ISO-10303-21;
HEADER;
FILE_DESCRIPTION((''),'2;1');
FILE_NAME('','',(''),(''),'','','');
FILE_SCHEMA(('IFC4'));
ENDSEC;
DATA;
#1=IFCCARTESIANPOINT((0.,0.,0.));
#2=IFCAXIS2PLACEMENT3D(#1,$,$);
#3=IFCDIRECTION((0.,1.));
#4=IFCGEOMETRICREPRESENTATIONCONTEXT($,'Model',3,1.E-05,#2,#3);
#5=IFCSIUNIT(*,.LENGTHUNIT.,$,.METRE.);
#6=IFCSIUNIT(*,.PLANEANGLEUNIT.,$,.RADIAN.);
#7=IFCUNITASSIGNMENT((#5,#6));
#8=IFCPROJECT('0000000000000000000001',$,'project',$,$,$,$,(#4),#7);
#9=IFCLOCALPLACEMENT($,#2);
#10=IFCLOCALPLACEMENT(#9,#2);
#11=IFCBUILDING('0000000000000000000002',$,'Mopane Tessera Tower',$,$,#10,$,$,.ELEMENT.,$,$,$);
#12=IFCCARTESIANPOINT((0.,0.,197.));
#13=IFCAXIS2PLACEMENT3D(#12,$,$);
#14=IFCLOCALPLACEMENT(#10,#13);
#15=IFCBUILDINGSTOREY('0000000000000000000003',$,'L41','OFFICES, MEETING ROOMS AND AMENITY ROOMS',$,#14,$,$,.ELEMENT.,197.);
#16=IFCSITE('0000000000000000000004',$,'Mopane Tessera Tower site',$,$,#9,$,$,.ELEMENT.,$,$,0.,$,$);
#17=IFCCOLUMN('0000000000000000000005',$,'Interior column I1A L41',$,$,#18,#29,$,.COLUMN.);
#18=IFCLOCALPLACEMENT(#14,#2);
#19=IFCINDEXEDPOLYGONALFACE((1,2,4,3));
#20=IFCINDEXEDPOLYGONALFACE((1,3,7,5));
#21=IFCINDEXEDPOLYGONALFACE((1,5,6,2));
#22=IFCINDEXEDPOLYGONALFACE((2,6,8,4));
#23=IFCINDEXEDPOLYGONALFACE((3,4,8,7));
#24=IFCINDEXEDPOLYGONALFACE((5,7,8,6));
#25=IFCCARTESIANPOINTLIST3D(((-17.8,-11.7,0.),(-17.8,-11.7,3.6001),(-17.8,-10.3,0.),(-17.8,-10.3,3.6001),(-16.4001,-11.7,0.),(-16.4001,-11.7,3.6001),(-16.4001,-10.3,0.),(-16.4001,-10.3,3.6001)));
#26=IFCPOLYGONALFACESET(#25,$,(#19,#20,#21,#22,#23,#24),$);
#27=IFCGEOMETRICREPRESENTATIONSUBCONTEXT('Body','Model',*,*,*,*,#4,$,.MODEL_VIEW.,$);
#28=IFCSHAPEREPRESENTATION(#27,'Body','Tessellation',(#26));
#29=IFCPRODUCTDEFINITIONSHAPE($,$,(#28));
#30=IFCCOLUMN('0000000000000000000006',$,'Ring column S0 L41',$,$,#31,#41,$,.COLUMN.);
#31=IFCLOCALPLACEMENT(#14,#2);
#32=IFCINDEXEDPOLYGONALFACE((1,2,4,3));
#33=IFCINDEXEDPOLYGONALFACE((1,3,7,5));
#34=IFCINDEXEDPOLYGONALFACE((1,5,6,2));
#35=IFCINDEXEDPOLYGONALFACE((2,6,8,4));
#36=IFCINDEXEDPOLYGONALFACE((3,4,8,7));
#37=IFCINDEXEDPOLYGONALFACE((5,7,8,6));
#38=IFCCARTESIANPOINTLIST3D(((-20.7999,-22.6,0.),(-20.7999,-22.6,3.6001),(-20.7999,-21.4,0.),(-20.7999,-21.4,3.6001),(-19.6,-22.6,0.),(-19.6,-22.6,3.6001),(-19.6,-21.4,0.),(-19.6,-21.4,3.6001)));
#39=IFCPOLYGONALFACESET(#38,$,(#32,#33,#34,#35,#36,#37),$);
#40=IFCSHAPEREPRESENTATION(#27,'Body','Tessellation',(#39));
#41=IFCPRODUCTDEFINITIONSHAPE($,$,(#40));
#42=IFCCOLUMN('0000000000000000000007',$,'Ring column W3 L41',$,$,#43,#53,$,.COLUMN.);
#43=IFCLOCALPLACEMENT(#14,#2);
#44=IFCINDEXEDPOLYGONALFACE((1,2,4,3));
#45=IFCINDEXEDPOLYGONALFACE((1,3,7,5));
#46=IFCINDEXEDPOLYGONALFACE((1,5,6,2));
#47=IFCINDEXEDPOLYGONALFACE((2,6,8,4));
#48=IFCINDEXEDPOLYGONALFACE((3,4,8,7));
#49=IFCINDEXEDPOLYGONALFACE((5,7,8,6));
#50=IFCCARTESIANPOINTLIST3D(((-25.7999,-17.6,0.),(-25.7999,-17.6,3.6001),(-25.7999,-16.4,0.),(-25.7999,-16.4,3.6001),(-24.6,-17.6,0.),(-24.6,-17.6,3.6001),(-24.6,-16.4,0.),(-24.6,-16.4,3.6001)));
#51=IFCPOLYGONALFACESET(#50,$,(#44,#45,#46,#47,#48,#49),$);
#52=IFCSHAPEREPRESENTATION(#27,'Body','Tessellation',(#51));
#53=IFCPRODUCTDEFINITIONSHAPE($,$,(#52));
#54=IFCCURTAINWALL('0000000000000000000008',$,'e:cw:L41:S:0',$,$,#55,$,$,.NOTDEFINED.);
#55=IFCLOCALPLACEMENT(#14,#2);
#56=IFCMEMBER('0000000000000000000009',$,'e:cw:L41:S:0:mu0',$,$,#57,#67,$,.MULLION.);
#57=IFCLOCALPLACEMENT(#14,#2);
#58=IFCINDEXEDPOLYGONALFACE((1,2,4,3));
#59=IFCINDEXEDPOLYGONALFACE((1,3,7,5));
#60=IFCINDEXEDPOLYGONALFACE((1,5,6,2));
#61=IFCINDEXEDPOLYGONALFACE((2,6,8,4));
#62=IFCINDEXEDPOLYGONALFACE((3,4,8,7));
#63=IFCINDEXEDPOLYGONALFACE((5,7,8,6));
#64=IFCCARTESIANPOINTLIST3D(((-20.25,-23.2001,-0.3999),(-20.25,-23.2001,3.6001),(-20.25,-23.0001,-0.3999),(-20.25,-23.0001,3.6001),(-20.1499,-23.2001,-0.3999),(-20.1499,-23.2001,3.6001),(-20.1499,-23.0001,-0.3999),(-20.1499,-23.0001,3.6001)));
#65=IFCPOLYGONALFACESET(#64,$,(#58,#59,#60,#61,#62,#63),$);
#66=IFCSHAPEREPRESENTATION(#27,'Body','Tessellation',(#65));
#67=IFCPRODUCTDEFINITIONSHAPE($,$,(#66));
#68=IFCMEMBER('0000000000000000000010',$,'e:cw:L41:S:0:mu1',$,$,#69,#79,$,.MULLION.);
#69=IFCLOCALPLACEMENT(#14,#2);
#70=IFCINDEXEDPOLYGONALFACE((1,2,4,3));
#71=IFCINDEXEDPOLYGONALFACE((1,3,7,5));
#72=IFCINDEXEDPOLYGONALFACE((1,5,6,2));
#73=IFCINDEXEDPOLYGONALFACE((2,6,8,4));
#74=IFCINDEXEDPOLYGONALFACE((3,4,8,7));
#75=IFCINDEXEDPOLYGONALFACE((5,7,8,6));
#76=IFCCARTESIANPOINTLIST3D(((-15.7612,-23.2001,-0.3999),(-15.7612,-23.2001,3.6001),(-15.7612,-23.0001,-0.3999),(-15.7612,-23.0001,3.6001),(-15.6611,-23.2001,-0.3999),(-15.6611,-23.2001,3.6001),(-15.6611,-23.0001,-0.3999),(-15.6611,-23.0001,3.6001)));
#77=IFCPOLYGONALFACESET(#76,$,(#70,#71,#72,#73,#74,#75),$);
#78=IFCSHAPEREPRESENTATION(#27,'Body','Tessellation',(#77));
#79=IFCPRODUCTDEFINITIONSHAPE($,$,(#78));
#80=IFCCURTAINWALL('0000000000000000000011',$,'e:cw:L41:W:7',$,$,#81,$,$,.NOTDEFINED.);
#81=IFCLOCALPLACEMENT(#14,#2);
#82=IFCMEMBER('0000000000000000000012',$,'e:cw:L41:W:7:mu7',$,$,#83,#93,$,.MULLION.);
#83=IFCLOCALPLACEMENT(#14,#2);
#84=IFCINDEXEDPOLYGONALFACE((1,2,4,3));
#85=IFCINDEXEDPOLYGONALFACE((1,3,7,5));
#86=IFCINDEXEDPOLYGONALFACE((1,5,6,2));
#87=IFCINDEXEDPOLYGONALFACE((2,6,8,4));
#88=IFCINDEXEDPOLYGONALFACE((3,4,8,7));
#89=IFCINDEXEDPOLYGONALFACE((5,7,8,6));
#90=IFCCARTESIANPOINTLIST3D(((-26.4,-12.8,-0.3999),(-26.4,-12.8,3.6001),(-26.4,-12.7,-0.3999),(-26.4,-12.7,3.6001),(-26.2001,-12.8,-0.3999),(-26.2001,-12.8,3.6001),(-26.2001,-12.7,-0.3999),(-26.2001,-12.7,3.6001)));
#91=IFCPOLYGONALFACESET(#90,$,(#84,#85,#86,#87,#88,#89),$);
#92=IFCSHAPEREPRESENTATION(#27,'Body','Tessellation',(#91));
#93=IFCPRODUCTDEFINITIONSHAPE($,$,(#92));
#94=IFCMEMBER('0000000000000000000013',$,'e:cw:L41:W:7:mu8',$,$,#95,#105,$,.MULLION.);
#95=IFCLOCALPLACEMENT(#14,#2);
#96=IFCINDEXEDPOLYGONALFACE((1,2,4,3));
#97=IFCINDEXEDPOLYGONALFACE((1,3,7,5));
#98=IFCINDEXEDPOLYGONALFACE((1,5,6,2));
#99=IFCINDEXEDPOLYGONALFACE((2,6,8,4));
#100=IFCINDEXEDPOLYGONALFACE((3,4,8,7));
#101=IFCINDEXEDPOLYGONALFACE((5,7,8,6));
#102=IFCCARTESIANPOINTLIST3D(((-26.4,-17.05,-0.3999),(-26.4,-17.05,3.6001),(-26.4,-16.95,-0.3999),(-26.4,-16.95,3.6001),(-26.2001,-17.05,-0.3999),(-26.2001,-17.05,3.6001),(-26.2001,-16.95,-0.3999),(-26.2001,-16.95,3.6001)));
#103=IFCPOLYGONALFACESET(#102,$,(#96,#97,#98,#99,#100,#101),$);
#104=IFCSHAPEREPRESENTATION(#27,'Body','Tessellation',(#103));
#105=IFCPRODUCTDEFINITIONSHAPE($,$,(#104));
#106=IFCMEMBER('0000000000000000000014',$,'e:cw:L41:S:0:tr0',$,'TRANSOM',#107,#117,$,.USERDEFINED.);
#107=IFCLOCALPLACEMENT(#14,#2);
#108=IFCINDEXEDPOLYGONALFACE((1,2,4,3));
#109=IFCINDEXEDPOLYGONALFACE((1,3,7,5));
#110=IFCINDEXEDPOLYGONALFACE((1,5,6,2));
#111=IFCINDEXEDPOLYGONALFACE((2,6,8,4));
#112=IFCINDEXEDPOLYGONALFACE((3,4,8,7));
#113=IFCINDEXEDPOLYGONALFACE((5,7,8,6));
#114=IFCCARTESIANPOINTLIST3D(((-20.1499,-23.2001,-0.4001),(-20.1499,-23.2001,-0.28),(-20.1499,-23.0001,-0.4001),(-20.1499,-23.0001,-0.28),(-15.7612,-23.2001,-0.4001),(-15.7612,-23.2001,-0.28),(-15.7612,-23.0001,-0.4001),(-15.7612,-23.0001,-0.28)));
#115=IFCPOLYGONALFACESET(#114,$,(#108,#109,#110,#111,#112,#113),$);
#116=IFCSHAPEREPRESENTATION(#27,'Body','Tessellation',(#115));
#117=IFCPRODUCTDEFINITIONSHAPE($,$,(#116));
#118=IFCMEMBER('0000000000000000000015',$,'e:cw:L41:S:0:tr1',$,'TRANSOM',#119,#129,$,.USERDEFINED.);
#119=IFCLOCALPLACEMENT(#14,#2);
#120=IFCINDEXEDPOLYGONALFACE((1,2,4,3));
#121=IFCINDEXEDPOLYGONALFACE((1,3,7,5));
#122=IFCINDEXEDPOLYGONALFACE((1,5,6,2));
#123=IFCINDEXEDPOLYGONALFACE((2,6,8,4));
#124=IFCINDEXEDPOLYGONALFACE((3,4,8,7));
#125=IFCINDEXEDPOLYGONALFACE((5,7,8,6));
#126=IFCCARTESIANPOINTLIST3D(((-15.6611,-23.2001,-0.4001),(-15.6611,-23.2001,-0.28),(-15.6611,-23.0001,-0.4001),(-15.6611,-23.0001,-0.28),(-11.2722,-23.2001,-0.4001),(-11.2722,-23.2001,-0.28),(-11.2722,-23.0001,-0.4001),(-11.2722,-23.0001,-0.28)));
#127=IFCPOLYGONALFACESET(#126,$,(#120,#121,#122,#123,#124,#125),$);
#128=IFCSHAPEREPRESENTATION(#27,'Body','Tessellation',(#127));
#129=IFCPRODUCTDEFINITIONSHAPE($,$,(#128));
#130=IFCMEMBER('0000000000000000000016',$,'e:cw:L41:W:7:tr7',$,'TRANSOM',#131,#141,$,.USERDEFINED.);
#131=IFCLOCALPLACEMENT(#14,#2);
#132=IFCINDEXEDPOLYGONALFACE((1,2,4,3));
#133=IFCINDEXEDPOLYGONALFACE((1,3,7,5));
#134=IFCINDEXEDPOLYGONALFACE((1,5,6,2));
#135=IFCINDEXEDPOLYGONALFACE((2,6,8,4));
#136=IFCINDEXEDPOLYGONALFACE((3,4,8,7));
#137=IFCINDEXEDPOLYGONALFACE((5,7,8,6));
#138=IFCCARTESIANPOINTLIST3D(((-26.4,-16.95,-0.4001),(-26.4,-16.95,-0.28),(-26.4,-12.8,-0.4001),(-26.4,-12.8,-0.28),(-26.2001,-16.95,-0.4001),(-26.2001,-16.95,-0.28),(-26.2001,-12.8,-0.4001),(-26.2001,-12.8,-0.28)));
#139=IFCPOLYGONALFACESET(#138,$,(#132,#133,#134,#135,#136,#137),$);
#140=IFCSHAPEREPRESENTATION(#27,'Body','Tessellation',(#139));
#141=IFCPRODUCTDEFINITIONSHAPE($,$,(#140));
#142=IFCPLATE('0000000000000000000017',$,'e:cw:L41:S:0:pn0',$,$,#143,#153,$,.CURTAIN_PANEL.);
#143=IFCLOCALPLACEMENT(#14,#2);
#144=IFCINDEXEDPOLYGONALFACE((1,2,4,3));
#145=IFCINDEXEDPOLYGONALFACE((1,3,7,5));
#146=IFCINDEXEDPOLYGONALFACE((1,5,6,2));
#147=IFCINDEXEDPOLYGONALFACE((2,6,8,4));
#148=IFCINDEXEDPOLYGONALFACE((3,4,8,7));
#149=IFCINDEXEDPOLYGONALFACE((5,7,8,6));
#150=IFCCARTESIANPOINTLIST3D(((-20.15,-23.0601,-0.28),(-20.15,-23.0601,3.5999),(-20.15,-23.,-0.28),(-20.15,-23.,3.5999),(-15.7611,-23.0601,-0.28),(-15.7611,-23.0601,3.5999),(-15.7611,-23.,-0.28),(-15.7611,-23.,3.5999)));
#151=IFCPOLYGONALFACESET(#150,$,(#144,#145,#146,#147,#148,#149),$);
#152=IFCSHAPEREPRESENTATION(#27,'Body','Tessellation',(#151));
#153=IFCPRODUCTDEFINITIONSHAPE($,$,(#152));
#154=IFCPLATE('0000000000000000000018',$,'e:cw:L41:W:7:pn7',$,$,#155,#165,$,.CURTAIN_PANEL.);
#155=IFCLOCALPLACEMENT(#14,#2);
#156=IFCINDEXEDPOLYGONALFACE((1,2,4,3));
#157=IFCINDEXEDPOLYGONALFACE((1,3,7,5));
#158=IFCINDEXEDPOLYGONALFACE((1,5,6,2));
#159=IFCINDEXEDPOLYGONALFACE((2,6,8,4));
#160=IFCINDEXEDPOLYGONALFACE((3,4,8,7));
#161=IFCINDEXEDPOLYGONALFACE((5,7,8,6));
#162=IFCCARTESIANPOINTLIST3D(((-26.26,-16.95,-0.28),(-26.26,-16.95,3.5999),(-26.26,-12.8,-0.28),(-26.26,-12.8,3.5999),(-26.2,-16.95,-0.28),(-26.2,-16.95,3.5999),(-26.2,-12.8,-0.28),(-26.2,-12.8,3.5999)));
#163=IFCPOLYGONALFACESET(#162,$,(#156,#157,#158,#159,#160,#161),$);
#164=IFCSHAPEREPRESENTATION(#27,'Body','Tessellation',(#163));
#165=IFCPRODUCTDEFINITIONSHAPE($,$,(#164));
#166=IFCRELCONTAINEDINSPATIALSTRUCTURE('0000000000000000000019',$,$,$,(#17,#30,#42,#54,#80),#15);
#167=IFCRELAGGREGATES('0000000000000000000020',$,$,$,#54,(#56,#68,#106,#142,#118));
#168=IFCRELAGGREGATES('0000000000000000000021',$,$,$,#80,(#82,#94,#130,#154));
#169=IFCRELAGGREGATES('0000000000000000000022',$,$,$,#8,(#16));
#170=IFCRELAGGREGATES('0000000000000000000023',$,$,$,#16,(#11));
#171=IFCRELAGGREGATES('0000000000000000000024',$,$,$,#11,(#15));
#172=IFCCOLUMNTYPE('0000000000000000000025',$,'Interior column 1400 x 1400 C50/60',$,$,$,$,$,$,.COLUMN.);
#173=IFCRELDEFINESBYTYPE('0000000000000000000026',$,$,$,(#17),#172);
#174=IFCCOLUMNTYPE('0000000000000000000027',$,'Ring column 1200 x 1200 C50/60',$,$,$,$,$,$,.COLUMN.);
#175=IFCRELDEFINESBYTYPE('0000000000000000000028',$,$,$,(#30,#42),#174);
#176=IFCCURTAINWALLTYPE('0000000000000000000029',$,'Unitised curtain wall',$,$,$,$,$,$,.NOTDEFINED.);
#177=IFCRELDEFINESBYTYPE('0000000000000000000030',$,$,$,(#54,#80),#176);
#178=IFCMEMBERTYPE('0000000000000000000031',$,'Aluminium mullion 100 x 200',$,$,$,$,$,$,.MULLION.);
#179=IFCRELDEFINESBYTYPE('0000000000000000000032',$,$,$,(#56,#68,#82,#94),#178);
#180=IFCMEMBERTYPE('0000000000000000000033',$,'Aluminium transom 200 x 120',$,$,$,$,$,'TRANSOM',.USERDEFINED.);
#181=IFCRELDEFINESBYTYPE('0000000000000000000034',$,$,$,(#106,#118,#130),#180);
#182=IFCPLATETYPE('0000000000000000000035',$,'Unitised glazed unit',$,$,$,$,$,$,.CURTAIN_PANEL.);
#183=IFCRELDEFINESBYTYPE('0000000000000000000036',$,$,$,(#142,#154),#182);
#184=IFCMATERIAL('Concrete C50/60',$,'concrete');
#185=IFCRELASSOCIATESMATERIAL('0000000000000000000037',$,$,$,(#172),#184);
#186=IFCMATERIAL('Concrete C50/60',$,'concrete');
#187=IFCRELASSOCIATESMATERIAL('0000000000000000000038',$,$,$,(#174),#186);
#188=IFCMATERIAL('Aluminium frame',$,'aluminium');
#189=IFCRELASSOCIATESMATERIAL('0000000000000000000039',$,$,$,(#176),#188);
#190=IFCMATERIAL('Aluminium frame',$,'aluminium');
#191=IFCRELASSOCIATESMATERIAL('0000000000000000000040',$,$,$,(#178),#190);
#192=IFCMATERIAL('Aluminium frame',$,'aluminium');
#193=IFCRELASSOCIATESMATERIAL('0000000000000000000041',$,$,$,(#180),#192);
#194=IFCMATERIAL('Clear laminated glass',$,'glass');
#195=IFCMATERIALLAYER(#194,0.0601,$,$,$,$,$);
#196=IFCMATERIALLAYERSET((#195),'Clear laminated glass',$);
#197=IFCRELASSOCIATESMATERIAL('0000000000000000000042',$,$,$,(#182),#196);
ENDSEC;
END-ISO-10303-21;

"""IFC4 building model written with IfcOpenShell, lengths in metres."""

from ifc_helpers import new_model, si_unit, direction, frame, origin, origin_2d, place, context, subcontext, project, spatial, rectangle, extrude, material, layer, layer_set, material_profile, profile_set, type_object, element, aggregate, save


model = new_model("IFC4")

# Units and contexts
model_context = context("Model", 3, precision=1e-05, world=origin(), true_north=direction((0.0, 1.0)))
body_context = subcontext(model_context, "Body", "Model", "MODEL_VIEW")
ifc_project = project(units=[si_unit("LENGTHUNIT", "METRE"), si_unit("PLANEANGLEUNIT", "RADIAN")], contexts=[model_context])

# Site, building, storey
site_placement = place(None, origin())
site = spatial("IfcSite", under=ifc_project, at=site_placement, Name="Mopane Tessera Tower site", CompositionType="ELEMENT", RefElevation=0.0)
building_placement = place(site_placement, origin())
building = spatial("IfcBuilding", under=site, at=building_placement, Name="Mopane Tessera Tower", CompositionType="ELEMENT")
storey_placement = place(building_placement, frame((0.0, 0.0, 197.0)))
storey = spatial("IfcBuildingStorey", under=building, at=storey_placement, Name="L41", Description="OFFICES, MEETING ROOMS AND AMENITY ROOMS", CompositionType="ELEMENT", Elevation=197.0)

# Columns
ifc_material_1 = material(Name="Concrete C50/60", Category="concrete")
ifc_material_profile_1 = material_profile(ifc_material_1, rectangle(XDim=1.3999, YDim=1.3999, at=origin_2d()))
ifc_profile_set_1 = profile_set([ifc_material_profile_1], Name="Concrete C50/60")
column_type_1 = type_object("IfcColumnType", Name="Interior column 1400 x 1400 C50/60", PredefinedType="COLUMN", material=ifc_profile_set_1)
column_placement = place(storey_placement, frame((-17.1001, -11.0, 0.0), z_axis=(0.0, 0.0, 1.0), x_axis=(1.0, 0.0, 0.0)))
element("IfcColumn", 1, at=column_placement, inside=storey, type_object=column_type_1, Name="Interior column I1A L41", PredefinedType="COLUMN", context=body_context, shape_type="SweptSolid", body=[
    extrude(rectangle(XDim=1.3999, YDim=1.3999, at=origin_2d()), origin(), (0.0, 0.0, 1.0), 3.6001),
])
ifc_material_2 = material(Name="Concrete C50/60", Category="concrete")
ifc_material_profile_2 = material_profile(ifc_material_2, rectangle(XDim=1.2, YDim=1.2, at=origin_2d()))
ifc_profile_set_2 = profile_set([ifc_material_profile_2], Name="Concrete C50/60")
column_type_2 = type_object("IfcColumnType", Name="Ring column 1200 x 1200 C50/60", PredefinedType="COLUMN", material=ifc_profile_set_2)
for number, where, z_axis, x_axis, name in (
    (2, (-20.2, -22.0, 0.0), (0.0, 0.0, 1.0), (1.0, 0.0, 0.0), "Ring column S0 L41"),
    (3, (-25.2, -17.0, 0.0), (0.0, 0.0, 1.0), (1.0, 0.0, 0.0), "Ring column W3 L41"),
):
    element("IfcColumn", number, at=place(storey_placement, frame(where, z_axis=z_axis, x_axis=x_axis)), inside=storey, type_object=column_type_2, Name=name, PredefinedType="COLUMN", context=body_context, shape_type="SweptSolid", body=[
        extrude(rectangle(XDim=1.2, YDim=1.2, at=origin_2d()), origin(), (0.0, 0.0, 1.0), 3.6001),
    ])

# Curtain walls, members
ifc_material_3 = material(Name="Aluminium frame", Category="aluminium")
curtain_wall_type = type_object("IfcCurtainWallType", Name="Unitised curtain wall", PredefinedType="NOTDEFINED", material=ifc_material_3)
curtain_wall_1_placement = place(storey_placement, origin())
curtain_wall_1 = element("IfcCurtainWall", 4, at=curtain_wall_1_placement, inside=storey, type_object=curtain_wall_type, Name="e:cw:L41:S:0", PredefinedType="NOTDEFINED")
ifc_material_4 = material(Name="Aluminium frame", Category="aluminium")
ifc_material_profile_3 = material_profile(ifc_material_4, rectangle(XDim=0.1001, YDim=0.2, at=origin_2d()))
ifc_profile_set_3 = profile_set([ifc_material_profile_3], Name="Aluminium frame")
member_type_1 = type_object("IfcMemberType", Name="Aluminium mullion 100 x 200", PredefinedType="MULLION", material=ifc_profile_set_3)
member_1_placement = place(storey_placement, frame((-20.2, -23.1001, -0.3999), z_axis=(0.0, 0.0, 1.0), x_axis=(1.0, 0.0, 0.0)))
member_1 = element("IfcMember", 5, at=member_1_placement, type_object=member_type_1, Name="e:cw:L41:S:0:mu0", PredefinedType="MULLION", context=body_context, shape_type="SweptSolid", body=[
    extrude(rectangle(XDim=0.1001, YDim=0.2, at=origin_2d()), origin(), (0.0, 0.0, 1.0), 4.0),
])
member_2_placement = place(storey_placement, frame((-15.7112, -23.1001, -0.3999), z_axis=(0.0, 0.0, 1.0), x_axis=(1.0, 0.0, 0.0)))
member_2 = element("IfcMember", 6, at=member_2_placement, type_object=member_type_1, Name="e:cw:L41:S:0:mu1", PredefinedType="MULLION", context=body_context, shape_type="SweptSolid", body=[
    extrude(rectangle(XDim=0.1001, YDim=0.2, at=origin_2d()), origin(), (0.0, 0.0, 1.0), 4.0),
])
curtain_wall_2_placement = place(storey_placement, origin())
curtain_wall_2 = element("IfcCurtainWall", 7, at=curtain_wall_2_placement, inside=storey, type_object=curtain_wall_type, Name="e:cw:L41:W:7", PredefinedType="NOTDEFINED")
member_3_placement = place(storey_placement, frame((-26.3, -12.75, -0.3999), z_axis=(0.0, 0.0, 1.0), x_axis=(0.0, -1.0, 0.0)))
member_3 = element("IfcMember", 8, at=member_3_placement, type_object=member_type_1, Name="e:cw:L41:W:7:mu7", PredefinedType="MULLION", context=body_context, shape_type="SweptSolid", body=[
    extrude(rectangle(XDim=0.1001, YDim=0.2, at=origin_2d()), origin(), (0.0, 0.0, 1.0), 4.0),
])
member_4_placement = place(storey_placement, frame((-26.3, -17.0, -0.3999), z_axis=(0.0, 0.0, 1.0), x_axis=(0.0, -1.0, 0.0)))
member_4 = element("IfcMember", 9, at=member_4_placement, type_object=member_type_1, Name="e:cw:L41:W:7:mu8", PredefinedType="MULLION", context=body_context, shape_type="SweptSolid", body=[
    extrude(rectangle(XDim=0.1001, YDim=0.2, at=origin_2d()), origin(), (0.0, 0.0, 1.0), 4.0),
])

# Members
ifc_material_5 = material(Name="Aluminium frame", Category="aluminium")
ifc_material_profile_4 = material_profile(ifc_material_5, rectangle(XDim=0.2, YDim=0.1201, at=origin_2d()))
ifc_profile_set_4 = profile_set([ifc_material_profile_4], Name="Aluminium frame")
member_type_2 = type_object("IfcMemberType", Name="Aluminium transom 200 x 120", ElementType="TRANSOM", PredefinedType="USERDEFINED", material=ifc_profile_set_4)
member_5_placement = place(storey_placement, frame((-20.1499, -23.1001, -0.3401), z_axis=(1.0, 0.0, 0.0), x_axis=(0.0, 1.0, 0.0)))
member_5 = element("IfcMember", 10, at=member_5_placement, type_object=member_type_2, Name="e:cw:L41:S:0:tr0", ObjectType="TRANSOM", PredefinedType="USERDEFINED", context=body_context, shape_type="SweptSolid", body=[
    extrude(rectangle(XDim=0.2, YDim=0.1201, at=origin_2d()), origin(), (0.0, 0.0, 1.0), 4.3887),
])
member_6_placement = place(storey_placement, frame((-15.6611, -23.1001, -0.3401), z_axis=(1.0, 0.0, 0.0), x_axis=(0.0, 1.0, 0.0)))
member_6 = element("IfcMember", 11, at=member_6_placement, type_object=member_type_2, Name="e:cw:L41:S:0:tr1", ObjectType="TRANSOM", PredefinedType="USERDEFINED", context=body_context, shape_type="SweptSolid", body=[
    extrude(rectangle(XDim=0.2, YDim=0.1201, at=origin_2d()), origin(), (0.0, 0.0, 1.0), 4.3889),
])
member_7_placement = place(storey_placement, frame((-26.3, -12.8, -0.3401), z_axis=(0.0, -1.0, 0.0), x_axis=(1.0, 0.0, 0.0)))
member_7 = element("IfcMember", 12, at=member_7_placement, type_object=member_type_2, Name="e:cw:L41:W:7:tr7", ObjectType="TRANSOM", PredefinedType="USERDEFINED", context=body_context, shape_type="SweptSolid", body=[
    extrude(rectangle(XDim=0.2, YDim=0.1201, at=origin_2d()), origin(), (0.0, 0.0, 1.0), 4.1499),
])

# Plates
ifc_material_6 = material(Name="Clear laminated glass", Category="glass")
ifc_layer_1 = layer(ifc_material_6, 0.0601)
ifc_layer_set_1 = layer_set([ifc_layer_1], Name="Clear laminated glass")
plate_type = type_object("IfcPlateType", Name="Unitised glazed unit", PredefinedType="CURTAIN_PANEL", material=ifc_layer_set_1)
plate_1_placement = place(storey_placement, frame((-17.9556, -23.03, -0.28), z_axis=(0.0, 0.0, 1.0), x_axis=(1.0, 0.0, 0.0)))
plate_1 = element("IfcPlate", 13, at=plate_1_placement, type_object=plate_type, Name="e:cw:L41:S:0:pn0", PredefinedType="CURTAIN_PANEL", context=body_context, shape_type="SweptSolid", body=[
    extrude(rectangle(XDim=4.3889, YDim=0.0601, at=origin_2d()), origin(), (0.0, 0.0, 1.0), 3.8799),
])
aggregate(curtain_wall_1, [member_1, member_2, member_5, plate_1, member_6])
plate_2_placement = place(storey_placement, frame((-26.23, -14.875, -0.28), z_axis=(0.0, 0.0, 1.0), x_axis=(0.0, -1.0, 0.0)))
plate_2 = element("IfcPlate", 14, at=plate_2_placement, type_object=plate_type, Name="e:cw:L41:W:7:pn7", PredefinedType="CURTAIN_PANEL", context=body_context, shape_type="SweptSolid", body=[
    extrude(rectangle(XDim=4.1499, YDim=0.0601, at=origin_2d()), origin(), (0.0, 0.0, 1.0), 3.8799),
])
aggregate(curtain_wall_2, [member_3, member_4, member_7, plate_2])

save(model, "model.ifc")
